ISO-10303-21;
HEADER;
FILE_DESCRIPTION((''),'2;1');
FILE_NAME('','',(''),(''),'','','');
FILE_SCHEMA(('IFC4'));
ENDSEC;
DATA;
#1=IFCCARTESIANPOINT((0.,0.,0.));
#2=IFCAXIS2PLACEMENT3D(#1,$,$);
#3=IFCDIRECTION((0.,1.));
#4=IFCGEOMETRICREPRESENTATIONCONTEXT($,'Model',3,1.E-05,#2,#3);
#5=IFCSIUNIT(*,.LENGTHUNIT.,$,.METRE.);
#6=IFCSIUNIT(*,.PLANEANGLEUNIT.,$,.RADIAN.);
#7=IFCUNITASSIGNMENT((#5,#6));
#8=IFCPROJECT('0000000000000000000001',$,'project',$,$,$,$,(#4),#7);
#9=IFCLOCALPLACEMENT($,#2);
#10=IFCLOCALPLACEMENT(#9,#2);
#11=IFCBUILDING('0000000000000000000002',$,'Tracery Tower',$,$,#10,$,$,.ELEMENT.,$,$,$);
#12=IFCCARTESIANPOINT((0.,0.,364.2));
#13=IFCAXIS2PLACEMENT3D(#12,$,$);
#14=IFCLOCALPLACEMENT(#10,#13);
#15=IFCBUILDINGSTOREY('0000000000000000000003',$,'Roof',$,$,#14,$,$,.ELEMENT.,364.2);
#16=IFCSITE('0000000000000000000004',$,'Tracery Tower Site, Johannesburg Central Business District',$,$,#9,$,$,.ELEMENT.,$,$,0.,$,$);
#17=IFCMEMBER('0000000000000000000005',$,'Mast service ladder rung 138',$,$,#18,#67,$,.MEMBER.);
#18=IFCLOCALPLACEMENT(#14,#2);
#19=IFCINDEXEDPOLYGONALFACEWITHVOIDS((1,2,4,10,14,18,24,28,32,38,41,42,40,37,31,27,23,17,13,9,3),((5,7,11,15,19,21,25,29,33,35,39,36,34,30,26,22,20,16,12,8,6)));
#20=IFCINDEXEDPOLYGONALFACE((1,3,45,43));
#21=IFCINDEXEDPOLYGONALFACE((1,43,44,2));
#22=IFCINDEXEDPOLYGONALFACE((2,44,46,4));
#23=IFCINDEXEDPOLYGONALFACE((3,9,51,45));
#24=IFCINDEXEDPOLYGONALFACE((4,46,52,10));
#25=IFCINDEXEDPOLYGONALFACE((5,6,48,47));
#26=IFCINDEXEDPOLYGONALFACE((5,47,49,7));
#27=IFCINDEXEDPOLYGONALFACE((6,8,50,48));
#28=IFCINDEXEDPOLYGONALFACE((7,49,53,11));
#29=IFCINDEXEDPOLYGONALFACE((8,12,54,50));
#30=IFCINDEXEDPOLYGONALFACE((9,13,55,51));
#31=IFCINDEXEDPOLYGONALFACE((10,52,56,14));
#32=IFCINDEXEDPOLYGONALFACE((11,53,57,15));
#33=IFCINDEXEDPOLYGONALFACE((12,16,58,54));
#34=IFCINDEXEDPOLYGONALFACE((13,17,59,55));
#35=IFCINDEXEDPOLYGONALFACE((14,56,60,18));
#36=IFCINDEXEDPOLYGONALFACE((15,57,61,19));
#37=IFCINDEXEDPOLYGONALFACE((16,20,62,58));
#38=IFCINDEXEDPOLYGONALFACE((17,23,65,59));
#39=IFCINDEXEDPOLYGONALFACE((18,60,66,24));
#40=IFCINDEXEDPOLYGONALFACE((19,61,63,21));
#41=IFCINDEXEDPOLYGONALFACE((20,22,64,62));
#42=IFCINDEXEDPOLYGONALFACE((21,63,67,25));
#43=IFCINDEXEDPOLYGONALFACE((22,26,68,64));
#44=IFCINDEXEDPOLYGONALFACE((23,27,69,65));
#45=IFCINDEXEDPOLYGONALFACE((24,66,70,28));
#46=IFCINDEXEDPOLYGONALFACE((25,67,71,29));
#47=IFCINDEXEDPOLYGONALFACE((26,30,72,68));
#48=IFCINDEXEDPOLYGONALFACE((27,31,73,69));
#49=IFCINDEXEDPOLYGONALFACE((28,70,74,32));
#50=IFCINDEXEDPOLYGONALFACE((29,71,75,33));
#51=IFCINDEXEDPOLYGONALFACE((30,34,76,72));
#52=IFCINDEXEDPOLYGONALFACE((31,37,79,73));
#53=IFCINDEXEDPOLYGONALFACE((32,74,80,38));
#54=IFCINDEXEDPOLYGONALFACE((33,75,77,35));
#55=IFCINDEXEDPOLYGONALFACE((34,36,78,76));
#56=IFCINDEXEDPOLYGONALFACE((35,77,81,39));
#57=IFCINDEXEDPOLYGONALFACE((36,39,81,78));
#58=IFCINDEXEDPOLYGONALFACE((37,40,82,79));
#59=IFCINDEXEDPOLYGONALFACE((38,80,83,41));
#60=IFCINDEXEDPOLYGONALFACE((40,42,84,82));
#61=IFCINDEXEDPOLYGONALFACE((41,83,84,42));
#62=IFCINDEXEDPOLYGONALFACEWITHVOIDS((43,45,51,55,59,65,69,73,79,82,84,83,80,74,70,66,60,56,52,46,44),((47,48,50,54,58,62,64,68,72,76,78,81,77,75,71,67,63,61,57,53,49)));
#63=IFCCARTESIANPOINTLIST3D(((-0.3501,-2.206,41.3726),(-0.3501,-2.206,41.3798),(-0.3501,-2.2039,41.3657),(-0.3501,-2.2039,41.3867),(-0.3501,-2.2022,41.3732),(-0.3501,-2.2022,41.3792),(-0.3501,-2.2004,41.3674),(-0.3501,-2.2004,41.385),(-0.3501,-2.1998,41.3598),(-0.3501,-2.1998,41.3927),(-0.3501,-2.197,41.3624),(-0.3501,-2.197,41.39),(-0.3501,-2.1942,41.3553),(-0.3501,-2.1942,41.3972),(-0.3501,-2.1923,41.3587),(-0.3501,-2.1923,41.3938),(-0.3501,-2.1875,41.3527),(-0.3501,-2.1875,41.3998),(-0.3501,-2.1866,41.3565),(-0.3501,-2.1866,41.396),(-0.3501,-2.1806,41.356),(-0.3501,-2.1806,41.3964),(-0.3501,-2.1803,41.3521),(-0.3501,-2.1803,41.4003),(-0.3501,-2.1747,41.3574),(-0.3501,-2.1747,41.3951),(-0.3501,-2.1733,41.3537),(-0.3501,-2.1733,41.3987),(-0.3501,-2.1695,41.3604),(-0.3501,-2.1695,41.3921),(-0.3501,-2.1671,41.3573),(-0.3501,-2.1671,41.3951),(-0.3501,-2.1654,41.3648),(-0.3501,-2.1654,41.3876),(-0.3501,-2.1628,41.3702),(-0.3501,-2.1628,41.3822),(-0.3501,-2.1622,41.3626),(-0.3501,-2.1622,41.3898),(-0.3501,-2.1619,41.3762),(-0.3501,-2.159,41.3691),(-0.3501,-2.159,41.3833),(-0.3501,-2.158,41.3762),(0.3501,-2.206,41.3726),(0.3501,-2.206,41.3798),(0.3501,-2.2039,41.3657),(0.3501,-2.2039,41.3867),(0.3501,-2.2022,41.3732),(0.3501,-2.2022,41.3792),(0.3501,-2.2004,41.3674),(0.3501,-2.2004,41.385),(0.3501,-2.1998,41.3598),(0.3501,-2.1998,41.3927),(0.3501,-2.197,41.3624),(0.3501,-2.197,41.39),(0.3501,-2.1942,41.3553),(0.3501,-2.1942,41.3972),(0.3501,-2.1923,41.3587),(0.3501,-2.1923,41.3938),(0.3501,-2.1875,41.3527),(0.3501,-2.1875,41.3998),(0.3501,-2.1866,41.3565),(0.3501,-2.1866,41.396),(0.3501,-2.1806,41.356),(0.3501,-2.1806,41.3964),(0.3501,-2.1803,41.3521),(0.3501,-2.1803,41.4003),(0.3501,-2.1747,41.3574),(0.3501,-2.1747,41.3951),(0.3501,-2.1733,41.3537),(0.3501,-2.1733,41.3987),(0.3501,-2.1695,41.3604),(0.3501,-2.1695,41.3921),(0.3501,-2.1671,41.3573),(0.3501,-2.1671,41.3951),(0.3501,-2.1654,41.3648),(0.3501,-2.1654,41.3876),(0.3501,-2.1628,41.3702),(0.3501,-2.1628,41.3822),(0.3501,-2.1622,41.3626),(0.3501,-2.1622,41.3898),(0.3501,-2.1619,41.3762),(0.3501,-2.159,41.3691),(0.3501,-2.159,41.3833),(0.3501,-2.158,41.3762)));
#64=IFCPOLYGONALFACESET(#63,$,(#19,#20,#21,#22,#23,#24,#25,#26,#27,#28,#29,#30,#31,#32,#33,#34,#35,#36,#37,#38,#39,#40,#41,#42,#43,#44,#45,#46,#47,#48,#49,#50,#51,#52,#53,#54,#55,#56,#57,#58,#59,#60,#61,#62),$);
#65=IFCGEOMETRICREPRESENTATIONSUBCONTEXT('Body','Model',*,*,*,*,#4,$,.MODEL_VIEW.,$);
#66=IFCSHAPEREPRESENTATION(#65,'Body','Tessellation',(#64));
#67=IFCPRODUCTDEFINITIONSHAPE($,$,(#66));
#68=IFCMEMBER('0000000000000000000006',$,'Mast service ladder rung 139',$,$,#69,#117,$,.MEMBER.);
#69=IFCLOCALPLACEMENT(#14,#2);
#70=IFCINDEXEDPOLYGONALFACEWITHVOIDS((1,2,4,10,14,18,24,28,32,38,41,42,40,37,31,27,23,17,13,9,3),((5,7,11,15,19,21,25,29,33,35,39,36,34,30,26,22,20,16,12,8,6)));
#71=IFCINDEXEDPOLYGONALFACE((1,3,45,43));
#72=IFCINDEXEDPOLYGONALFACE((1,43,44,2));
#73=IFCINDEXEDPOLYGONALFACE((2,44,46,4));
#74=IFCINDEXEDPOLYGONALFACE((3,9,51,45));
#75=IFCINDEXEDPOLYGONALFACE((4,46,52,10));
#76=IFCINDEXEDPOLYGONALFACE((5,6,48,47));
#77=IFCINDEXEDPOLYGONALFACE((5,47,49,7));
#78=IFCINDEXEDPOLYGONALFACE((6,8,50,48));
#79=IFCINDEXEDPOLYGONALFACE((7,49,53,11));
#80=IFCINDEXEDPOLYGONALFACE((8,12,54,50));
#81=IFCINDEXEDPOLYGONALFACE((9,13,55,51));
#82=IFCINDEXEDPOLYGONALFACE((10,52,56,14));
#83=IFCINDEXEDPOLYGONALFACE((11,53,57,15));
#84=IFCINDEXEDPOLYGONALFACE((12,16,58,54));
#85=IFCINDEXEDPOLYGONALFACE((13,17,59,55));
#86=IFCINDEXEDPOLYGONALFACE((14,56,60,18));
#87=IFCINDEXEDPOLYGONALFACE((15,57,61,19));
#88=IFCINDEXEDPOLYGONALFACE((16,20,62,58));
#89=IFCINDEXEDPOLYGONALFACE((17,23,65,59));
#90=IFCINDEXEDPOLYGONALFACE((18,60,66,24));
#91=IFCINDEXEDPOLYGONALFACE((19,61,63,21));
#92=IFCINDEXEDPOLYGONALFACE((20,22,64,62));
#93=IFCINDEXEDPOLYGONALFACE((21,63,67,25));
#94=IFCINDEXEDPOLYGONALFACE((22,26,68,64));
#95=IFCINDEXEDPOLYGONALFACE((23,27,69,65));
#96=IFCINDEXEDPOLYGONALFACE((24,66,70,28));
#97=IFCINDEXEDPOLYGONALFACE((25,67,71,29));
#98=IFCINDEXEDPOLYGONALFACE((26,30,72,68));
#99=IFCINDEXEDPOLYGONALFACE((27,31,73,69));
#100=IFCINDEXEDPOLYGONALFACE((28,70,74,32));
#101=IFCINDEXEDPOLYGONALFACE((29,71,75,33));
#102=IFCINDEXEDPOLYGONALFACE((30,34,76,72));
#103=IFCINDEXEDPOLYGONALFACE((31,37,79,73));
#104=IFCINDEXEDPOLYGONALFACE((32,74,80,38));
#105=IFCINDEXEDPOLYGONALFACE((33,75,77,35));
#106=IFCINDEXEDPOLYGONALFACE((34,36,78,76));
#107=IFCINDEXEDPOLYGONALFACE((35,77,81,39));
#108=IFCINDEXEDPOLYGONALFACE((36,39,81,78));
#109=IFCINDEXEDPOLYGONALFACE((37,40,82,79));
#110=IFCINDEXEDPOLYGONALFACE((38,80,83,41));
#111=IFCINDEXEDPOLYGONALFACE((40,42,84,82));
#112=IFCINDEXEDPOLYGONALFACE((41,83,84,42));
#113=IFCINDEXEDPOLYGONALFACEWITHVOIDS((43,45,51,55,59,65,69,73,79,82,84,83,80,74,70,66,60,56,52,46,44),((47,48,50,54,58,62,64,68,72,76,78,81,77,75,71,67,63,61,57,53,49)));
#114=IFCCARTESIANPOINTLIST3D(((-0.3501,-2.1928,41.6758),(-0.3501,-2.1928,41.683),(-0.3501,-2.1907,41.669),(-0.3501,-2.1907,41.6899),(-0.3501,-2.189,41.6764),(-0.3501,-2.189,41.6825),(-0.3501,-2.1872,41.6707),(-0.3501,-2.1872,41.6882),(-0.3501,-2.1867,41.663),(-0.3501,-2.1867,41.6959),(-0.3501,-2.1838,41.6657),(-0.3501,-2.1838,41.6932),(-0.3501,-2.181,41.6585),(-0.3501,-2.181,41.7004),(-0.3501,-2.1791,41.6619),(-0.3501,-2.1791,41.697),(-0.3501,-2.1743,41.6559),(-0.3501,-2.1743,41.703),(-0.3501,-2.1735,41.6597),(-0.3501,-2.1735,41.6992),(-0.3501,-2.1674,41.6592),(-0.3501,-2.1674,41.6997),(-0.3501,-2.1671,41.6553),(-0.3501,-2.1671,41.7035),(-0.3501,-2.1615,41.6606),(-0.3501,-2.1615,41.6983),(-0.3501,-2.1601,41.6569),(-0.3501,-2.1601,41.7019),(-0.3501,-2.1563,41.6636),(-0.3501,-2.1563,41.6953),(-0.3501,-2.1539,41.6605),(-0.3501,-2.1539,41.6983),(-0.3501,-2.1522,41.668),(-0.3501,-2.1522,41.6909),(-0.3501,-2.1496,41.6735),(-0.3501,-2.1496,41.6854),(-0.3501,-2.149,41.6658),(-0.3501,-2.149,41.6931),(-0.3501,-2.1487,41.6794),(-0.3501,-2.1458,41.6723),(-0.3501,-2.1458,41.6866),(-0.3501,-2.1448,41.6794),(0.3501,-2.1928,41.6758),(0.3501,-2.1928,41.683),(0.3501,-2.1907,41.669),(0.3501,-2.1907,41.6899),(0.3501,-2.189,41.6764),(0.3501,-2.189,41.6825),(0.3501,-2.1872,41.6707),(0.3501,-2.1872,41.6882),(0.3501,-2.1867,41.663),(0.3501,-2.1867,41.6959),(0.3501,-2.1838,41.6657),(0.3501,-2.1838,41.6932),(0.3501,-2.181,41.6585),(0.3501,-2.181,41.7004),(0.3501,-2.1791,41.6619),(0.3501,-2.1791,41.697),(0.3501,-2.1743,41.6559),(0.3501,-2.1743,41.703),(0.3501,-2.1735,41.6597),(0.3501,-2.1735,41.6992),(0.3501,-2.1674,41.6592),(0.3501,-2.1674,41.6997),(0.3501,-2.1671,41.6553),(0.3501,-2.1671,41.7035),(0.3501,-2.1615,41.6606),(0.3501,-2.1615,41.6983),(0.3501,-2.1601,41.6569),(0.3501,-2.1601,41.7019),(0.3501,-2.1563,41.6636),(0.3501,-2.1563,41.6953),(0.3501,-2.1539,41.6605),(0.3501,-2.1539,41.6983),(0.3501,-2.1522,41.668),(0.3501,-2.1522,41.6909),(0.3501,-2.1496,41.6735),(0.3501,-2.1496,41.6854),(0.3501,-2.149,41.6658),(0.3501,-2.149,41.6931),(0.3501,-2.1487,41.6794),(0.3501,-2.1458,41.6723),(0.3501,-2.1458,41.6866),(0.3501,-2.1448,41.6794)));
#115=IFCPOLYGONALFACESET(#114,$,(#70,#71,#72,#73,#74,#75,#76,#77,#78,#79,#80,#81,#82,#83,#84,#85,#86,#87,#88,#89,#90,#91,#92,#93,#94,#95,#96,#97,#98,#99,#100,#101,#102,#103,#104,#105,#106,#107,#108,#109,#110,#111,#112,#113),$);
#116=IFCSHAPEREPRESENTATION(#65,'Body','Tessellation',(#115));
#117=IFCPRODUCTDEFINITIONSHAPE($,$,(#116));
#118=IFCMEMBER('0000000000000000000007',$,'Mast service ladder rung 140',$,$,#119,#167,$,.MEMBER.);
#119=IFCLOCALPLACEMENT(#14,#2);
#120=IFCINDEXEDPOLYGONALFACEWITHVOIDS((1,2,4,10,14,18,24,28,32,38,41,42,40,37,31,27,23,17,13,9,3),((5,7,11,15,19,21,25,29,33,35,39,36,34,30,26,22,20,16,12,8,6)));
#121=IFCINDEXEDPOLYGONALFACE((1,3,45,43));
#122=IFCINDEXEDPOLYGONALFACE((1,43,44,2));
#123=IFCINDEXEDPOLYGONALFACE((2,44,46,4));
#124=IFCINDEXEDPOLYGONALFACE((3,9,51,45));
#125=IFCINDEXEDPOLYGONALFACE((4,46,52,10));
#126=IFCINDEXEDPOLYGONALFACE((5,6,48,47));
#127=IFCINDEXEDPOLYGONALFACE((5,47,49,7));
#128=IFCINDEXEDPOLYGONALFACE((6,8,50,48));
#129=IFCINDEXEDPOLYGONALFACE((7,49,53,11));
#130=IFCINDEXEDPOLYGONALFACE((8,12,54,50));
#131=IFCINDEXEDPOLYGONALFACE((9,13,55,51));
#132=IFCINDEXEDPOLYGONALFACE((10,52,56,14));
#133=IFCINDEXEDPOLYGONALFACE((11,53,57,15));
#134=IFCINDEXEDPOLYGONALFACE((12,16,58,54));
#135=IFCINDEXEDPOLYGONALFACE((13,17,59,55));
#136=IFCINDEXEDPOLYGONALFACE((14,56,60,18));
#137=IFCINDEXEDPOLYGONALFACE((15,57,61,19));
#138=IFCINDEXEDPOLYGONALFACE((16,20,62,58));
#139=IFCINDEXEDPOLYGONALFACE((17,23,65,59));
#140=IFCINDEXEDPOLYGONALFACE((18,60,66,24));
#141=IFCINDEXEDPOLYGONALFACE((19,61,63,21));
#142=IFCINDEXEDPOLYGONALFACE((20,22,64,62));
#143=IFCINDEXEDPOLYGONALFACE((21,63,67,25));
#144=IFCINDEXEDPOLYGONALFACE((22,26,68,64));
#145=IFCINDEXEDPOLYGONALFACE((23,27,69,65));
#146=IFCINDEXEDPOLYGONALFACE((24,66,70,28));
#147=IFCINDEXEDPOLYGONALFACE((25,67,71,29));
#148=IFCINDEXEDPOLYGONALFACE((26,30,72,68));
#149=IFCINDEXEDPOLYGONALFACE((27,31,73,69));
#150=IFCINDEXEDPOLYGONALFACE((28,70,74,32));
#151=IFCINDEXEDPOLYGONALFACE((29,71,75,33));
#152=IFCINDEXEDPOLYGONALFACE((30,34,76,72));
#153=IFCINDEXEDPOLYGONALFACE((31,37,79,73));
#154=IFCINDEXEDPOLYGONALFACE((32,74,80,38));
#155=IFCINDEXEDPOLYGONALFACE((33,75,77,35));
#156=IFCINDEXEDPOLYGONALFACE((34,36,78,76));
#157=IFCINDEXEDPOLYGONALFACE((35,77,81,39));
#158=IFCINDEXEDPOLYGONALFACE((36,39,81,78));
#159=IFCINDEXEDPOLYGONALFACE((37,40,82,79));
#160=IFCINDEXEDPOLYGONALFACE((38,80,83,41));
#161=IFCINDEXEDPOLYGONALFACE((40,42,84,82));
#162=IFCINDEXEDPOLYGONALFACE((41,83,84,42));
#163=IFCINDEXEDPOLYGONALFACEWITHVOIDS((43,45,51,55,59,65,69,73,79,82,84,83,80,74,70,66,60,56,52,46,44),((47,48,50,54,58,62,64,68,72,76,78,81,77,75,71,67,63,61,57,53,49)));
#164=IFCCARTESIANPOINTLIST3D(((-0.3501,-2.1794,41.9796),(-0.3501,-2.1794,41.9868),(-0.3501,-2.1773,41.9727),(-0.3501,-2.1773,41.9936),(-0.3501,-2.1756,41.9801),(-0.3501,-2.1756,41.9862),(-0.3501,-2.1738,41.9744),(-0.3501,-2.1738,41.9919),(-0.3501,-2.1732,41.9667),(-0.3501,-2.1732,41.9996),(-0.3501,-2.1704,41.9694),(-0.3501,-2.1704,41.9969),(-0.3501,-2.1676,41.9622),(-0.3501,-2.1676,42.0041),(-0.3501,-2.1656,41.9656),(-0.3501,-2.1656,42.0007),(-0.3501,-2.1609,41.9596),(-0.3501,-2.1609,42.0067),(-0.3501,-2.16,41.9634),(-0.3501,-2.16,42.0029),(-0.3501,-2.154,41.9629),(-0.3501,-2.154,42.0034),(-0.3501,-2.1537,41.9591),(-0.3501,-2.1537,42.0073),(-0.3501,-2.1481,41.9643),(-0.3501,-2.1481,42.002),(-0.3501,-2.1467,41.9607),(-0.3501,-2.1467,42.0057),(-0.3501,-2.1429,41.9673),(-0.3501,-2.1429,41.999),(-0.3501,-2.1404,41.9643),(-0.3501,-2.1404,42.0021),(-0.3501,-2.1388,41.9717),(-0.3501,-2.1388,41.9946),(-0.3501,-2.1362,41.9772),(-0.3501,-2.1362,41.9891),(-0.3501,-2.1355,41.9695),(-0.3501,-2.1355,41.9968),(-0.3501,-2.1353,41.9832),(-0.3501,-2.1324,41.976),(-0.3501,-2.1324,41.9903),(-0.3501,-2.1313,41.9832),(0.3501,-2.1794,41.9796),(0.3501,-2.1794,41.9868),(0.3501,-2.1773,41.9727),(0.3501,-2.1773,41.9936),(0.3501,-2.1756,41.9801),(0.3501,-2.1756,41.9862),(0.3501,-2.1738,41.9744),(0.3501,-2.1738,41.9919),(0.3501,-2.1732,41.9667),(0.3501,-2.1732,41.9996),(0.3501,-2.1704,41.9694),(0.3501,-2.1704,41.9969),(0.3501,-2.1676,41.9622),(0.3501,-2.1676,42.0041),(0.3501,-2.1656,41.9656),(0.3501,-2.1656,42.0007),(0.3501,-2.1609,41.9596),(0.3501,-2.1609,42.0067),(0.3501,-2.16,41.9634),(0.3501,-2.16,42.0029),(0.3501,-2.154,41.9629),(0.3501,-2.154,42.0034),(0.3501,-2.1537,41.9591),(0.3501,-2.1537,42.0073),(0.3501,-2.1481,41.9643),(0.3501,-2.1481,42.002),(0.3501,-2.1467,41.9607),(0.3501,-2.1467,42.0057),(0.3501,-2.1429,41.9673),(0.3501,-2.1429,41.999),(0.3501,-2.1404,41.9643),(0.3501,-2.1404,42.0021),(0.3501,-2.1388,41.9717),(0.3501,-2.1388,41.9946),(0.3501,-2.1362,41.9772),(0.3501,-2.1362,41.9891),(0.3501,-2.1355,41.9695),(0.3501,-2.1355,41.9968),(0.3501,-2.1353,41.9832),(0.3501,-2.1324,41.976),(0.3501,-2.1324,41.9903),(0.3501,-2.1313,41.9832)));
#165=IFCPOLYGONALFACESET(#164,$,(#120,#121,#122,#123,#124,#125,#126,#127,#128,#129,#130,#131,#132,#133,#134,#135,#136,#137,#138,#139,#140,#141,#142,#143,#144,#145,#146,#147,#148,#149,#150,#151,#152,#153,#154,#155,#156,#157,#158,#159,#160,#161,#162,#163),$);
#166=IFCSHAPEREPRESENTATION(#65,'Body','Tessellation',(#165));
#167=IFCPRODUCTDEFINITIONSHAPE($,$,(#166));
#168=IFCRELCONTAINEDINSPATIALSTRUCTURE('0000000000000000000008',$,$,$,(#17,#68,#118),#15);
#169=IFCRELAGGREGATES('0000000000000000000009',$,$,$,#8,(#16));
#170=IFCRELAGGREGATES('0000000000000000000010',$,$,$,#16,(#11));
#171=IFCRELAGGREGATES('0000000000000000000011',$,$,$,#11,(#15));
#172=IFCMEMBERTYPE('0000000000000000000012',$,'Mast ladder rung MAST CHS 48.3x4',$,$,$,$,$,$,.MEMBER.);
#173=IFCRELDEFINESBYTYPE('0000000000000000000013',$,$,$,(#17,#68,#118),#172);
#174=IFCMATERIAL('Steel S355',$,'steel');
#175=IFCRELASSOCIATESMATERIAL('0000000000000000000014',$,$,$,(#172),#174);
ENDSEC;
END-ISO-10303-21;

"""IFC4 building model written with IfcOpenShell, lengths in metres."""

from ifc_helpers import new_model, si_unit, direction, frame, origin, origin_2d, place, context, subcontext, project, spatial, hollow_circle, extrude, material, material_profile, profile_set, type_object, element, save


model = new_model("IFC4")

# Units and contexts
model_context = context("Model", 3, precision=1e-05, world=origin(), true_north=direction((0.0, 1.0)))
body_context = subcontext(model_context, "Body", "Model", "MODEL_VIEW")
ifc_project = project(units=[si_unit("LENGTHUNIT", "METRE"), si_unit("PLANEANGLEUNIT", "RADIAN")], contexts=[model_context])

# Site, building, storey
site_placement = place(None, origin())
site = spatial("IfcSite", under=ifc_project, at=site_placement, Name="Tracery Tower Site, Johannesburg Central Business District", CompositionType="ELEMENT", RefElevation=0.0)
building_placement = place(site_placement, origin())
building = spatial("IfcBuilding", under=site, at=building_placement, Name="Tracery Tower", CompositionType="ELEMENT")
storey_placement = place(building_placement, frame((0.0, 0.0, 364.2)))
storey = spatial("IfcBuildingStorey", under=building, at=storey_placement, Name="Roof", CompositionType="ELEMENT", Elevation=364.2)

# Members
ifc_material_1 = material(Name="Steel S355", Category="steel")
ifc_material_profile_1 = material_profile(ifc_material_1, hollow_circle(Radius=0.0242, WallThickness=0.0039, at=origin_2d()), Name="CHS 48.3x4")
ifc_profile_set_1 = profile_set([ifc_material_profile_1], Name="Steel S355")
member_type_1 = type_object("IfcMemberType", Name="Mast ladder rung MAST CHS 48.3x4", PredefinedType="MEMBER", material=ifc_profile_set_1)
for number, where, z_axis, x_axis, name in (
    (1, (-0.3501, -2.1821, 41.3762), (1.0, 0.0, 0.0), (0.0, 1.0, 0.0), "Mast service ladder rung 138"),
    (2, (-0.3501, -2.1689, 41.6794), (1.0, 0.0, 0.0), (0.0, 1.0, 0.0), "Mast service ladder rung 139"),
    (3, (-0.3501, -2.1555, 41.9832), (1.0, 0.0, 0.0), (0.0, 1.0, 0.0), "Mast service ladder rung 140"),
):
    element("IfcMember", number, at=place(storey_placement, frame(where, z_axis=z_axis, x_axis=x_axis)), inside=storey, type_object=member_type_1, Name=name, PredefinedType="MEMBER", context=body_context, shape_type="SweptSolid", body=[
        extrude(hollow_circle(Radius=0.0242, WallThickness=0.0039, at=origin_2d()), origin(), (0.0, 0.0, 1.0), 0.7002),
    ])

save(model, "model.ifc")
